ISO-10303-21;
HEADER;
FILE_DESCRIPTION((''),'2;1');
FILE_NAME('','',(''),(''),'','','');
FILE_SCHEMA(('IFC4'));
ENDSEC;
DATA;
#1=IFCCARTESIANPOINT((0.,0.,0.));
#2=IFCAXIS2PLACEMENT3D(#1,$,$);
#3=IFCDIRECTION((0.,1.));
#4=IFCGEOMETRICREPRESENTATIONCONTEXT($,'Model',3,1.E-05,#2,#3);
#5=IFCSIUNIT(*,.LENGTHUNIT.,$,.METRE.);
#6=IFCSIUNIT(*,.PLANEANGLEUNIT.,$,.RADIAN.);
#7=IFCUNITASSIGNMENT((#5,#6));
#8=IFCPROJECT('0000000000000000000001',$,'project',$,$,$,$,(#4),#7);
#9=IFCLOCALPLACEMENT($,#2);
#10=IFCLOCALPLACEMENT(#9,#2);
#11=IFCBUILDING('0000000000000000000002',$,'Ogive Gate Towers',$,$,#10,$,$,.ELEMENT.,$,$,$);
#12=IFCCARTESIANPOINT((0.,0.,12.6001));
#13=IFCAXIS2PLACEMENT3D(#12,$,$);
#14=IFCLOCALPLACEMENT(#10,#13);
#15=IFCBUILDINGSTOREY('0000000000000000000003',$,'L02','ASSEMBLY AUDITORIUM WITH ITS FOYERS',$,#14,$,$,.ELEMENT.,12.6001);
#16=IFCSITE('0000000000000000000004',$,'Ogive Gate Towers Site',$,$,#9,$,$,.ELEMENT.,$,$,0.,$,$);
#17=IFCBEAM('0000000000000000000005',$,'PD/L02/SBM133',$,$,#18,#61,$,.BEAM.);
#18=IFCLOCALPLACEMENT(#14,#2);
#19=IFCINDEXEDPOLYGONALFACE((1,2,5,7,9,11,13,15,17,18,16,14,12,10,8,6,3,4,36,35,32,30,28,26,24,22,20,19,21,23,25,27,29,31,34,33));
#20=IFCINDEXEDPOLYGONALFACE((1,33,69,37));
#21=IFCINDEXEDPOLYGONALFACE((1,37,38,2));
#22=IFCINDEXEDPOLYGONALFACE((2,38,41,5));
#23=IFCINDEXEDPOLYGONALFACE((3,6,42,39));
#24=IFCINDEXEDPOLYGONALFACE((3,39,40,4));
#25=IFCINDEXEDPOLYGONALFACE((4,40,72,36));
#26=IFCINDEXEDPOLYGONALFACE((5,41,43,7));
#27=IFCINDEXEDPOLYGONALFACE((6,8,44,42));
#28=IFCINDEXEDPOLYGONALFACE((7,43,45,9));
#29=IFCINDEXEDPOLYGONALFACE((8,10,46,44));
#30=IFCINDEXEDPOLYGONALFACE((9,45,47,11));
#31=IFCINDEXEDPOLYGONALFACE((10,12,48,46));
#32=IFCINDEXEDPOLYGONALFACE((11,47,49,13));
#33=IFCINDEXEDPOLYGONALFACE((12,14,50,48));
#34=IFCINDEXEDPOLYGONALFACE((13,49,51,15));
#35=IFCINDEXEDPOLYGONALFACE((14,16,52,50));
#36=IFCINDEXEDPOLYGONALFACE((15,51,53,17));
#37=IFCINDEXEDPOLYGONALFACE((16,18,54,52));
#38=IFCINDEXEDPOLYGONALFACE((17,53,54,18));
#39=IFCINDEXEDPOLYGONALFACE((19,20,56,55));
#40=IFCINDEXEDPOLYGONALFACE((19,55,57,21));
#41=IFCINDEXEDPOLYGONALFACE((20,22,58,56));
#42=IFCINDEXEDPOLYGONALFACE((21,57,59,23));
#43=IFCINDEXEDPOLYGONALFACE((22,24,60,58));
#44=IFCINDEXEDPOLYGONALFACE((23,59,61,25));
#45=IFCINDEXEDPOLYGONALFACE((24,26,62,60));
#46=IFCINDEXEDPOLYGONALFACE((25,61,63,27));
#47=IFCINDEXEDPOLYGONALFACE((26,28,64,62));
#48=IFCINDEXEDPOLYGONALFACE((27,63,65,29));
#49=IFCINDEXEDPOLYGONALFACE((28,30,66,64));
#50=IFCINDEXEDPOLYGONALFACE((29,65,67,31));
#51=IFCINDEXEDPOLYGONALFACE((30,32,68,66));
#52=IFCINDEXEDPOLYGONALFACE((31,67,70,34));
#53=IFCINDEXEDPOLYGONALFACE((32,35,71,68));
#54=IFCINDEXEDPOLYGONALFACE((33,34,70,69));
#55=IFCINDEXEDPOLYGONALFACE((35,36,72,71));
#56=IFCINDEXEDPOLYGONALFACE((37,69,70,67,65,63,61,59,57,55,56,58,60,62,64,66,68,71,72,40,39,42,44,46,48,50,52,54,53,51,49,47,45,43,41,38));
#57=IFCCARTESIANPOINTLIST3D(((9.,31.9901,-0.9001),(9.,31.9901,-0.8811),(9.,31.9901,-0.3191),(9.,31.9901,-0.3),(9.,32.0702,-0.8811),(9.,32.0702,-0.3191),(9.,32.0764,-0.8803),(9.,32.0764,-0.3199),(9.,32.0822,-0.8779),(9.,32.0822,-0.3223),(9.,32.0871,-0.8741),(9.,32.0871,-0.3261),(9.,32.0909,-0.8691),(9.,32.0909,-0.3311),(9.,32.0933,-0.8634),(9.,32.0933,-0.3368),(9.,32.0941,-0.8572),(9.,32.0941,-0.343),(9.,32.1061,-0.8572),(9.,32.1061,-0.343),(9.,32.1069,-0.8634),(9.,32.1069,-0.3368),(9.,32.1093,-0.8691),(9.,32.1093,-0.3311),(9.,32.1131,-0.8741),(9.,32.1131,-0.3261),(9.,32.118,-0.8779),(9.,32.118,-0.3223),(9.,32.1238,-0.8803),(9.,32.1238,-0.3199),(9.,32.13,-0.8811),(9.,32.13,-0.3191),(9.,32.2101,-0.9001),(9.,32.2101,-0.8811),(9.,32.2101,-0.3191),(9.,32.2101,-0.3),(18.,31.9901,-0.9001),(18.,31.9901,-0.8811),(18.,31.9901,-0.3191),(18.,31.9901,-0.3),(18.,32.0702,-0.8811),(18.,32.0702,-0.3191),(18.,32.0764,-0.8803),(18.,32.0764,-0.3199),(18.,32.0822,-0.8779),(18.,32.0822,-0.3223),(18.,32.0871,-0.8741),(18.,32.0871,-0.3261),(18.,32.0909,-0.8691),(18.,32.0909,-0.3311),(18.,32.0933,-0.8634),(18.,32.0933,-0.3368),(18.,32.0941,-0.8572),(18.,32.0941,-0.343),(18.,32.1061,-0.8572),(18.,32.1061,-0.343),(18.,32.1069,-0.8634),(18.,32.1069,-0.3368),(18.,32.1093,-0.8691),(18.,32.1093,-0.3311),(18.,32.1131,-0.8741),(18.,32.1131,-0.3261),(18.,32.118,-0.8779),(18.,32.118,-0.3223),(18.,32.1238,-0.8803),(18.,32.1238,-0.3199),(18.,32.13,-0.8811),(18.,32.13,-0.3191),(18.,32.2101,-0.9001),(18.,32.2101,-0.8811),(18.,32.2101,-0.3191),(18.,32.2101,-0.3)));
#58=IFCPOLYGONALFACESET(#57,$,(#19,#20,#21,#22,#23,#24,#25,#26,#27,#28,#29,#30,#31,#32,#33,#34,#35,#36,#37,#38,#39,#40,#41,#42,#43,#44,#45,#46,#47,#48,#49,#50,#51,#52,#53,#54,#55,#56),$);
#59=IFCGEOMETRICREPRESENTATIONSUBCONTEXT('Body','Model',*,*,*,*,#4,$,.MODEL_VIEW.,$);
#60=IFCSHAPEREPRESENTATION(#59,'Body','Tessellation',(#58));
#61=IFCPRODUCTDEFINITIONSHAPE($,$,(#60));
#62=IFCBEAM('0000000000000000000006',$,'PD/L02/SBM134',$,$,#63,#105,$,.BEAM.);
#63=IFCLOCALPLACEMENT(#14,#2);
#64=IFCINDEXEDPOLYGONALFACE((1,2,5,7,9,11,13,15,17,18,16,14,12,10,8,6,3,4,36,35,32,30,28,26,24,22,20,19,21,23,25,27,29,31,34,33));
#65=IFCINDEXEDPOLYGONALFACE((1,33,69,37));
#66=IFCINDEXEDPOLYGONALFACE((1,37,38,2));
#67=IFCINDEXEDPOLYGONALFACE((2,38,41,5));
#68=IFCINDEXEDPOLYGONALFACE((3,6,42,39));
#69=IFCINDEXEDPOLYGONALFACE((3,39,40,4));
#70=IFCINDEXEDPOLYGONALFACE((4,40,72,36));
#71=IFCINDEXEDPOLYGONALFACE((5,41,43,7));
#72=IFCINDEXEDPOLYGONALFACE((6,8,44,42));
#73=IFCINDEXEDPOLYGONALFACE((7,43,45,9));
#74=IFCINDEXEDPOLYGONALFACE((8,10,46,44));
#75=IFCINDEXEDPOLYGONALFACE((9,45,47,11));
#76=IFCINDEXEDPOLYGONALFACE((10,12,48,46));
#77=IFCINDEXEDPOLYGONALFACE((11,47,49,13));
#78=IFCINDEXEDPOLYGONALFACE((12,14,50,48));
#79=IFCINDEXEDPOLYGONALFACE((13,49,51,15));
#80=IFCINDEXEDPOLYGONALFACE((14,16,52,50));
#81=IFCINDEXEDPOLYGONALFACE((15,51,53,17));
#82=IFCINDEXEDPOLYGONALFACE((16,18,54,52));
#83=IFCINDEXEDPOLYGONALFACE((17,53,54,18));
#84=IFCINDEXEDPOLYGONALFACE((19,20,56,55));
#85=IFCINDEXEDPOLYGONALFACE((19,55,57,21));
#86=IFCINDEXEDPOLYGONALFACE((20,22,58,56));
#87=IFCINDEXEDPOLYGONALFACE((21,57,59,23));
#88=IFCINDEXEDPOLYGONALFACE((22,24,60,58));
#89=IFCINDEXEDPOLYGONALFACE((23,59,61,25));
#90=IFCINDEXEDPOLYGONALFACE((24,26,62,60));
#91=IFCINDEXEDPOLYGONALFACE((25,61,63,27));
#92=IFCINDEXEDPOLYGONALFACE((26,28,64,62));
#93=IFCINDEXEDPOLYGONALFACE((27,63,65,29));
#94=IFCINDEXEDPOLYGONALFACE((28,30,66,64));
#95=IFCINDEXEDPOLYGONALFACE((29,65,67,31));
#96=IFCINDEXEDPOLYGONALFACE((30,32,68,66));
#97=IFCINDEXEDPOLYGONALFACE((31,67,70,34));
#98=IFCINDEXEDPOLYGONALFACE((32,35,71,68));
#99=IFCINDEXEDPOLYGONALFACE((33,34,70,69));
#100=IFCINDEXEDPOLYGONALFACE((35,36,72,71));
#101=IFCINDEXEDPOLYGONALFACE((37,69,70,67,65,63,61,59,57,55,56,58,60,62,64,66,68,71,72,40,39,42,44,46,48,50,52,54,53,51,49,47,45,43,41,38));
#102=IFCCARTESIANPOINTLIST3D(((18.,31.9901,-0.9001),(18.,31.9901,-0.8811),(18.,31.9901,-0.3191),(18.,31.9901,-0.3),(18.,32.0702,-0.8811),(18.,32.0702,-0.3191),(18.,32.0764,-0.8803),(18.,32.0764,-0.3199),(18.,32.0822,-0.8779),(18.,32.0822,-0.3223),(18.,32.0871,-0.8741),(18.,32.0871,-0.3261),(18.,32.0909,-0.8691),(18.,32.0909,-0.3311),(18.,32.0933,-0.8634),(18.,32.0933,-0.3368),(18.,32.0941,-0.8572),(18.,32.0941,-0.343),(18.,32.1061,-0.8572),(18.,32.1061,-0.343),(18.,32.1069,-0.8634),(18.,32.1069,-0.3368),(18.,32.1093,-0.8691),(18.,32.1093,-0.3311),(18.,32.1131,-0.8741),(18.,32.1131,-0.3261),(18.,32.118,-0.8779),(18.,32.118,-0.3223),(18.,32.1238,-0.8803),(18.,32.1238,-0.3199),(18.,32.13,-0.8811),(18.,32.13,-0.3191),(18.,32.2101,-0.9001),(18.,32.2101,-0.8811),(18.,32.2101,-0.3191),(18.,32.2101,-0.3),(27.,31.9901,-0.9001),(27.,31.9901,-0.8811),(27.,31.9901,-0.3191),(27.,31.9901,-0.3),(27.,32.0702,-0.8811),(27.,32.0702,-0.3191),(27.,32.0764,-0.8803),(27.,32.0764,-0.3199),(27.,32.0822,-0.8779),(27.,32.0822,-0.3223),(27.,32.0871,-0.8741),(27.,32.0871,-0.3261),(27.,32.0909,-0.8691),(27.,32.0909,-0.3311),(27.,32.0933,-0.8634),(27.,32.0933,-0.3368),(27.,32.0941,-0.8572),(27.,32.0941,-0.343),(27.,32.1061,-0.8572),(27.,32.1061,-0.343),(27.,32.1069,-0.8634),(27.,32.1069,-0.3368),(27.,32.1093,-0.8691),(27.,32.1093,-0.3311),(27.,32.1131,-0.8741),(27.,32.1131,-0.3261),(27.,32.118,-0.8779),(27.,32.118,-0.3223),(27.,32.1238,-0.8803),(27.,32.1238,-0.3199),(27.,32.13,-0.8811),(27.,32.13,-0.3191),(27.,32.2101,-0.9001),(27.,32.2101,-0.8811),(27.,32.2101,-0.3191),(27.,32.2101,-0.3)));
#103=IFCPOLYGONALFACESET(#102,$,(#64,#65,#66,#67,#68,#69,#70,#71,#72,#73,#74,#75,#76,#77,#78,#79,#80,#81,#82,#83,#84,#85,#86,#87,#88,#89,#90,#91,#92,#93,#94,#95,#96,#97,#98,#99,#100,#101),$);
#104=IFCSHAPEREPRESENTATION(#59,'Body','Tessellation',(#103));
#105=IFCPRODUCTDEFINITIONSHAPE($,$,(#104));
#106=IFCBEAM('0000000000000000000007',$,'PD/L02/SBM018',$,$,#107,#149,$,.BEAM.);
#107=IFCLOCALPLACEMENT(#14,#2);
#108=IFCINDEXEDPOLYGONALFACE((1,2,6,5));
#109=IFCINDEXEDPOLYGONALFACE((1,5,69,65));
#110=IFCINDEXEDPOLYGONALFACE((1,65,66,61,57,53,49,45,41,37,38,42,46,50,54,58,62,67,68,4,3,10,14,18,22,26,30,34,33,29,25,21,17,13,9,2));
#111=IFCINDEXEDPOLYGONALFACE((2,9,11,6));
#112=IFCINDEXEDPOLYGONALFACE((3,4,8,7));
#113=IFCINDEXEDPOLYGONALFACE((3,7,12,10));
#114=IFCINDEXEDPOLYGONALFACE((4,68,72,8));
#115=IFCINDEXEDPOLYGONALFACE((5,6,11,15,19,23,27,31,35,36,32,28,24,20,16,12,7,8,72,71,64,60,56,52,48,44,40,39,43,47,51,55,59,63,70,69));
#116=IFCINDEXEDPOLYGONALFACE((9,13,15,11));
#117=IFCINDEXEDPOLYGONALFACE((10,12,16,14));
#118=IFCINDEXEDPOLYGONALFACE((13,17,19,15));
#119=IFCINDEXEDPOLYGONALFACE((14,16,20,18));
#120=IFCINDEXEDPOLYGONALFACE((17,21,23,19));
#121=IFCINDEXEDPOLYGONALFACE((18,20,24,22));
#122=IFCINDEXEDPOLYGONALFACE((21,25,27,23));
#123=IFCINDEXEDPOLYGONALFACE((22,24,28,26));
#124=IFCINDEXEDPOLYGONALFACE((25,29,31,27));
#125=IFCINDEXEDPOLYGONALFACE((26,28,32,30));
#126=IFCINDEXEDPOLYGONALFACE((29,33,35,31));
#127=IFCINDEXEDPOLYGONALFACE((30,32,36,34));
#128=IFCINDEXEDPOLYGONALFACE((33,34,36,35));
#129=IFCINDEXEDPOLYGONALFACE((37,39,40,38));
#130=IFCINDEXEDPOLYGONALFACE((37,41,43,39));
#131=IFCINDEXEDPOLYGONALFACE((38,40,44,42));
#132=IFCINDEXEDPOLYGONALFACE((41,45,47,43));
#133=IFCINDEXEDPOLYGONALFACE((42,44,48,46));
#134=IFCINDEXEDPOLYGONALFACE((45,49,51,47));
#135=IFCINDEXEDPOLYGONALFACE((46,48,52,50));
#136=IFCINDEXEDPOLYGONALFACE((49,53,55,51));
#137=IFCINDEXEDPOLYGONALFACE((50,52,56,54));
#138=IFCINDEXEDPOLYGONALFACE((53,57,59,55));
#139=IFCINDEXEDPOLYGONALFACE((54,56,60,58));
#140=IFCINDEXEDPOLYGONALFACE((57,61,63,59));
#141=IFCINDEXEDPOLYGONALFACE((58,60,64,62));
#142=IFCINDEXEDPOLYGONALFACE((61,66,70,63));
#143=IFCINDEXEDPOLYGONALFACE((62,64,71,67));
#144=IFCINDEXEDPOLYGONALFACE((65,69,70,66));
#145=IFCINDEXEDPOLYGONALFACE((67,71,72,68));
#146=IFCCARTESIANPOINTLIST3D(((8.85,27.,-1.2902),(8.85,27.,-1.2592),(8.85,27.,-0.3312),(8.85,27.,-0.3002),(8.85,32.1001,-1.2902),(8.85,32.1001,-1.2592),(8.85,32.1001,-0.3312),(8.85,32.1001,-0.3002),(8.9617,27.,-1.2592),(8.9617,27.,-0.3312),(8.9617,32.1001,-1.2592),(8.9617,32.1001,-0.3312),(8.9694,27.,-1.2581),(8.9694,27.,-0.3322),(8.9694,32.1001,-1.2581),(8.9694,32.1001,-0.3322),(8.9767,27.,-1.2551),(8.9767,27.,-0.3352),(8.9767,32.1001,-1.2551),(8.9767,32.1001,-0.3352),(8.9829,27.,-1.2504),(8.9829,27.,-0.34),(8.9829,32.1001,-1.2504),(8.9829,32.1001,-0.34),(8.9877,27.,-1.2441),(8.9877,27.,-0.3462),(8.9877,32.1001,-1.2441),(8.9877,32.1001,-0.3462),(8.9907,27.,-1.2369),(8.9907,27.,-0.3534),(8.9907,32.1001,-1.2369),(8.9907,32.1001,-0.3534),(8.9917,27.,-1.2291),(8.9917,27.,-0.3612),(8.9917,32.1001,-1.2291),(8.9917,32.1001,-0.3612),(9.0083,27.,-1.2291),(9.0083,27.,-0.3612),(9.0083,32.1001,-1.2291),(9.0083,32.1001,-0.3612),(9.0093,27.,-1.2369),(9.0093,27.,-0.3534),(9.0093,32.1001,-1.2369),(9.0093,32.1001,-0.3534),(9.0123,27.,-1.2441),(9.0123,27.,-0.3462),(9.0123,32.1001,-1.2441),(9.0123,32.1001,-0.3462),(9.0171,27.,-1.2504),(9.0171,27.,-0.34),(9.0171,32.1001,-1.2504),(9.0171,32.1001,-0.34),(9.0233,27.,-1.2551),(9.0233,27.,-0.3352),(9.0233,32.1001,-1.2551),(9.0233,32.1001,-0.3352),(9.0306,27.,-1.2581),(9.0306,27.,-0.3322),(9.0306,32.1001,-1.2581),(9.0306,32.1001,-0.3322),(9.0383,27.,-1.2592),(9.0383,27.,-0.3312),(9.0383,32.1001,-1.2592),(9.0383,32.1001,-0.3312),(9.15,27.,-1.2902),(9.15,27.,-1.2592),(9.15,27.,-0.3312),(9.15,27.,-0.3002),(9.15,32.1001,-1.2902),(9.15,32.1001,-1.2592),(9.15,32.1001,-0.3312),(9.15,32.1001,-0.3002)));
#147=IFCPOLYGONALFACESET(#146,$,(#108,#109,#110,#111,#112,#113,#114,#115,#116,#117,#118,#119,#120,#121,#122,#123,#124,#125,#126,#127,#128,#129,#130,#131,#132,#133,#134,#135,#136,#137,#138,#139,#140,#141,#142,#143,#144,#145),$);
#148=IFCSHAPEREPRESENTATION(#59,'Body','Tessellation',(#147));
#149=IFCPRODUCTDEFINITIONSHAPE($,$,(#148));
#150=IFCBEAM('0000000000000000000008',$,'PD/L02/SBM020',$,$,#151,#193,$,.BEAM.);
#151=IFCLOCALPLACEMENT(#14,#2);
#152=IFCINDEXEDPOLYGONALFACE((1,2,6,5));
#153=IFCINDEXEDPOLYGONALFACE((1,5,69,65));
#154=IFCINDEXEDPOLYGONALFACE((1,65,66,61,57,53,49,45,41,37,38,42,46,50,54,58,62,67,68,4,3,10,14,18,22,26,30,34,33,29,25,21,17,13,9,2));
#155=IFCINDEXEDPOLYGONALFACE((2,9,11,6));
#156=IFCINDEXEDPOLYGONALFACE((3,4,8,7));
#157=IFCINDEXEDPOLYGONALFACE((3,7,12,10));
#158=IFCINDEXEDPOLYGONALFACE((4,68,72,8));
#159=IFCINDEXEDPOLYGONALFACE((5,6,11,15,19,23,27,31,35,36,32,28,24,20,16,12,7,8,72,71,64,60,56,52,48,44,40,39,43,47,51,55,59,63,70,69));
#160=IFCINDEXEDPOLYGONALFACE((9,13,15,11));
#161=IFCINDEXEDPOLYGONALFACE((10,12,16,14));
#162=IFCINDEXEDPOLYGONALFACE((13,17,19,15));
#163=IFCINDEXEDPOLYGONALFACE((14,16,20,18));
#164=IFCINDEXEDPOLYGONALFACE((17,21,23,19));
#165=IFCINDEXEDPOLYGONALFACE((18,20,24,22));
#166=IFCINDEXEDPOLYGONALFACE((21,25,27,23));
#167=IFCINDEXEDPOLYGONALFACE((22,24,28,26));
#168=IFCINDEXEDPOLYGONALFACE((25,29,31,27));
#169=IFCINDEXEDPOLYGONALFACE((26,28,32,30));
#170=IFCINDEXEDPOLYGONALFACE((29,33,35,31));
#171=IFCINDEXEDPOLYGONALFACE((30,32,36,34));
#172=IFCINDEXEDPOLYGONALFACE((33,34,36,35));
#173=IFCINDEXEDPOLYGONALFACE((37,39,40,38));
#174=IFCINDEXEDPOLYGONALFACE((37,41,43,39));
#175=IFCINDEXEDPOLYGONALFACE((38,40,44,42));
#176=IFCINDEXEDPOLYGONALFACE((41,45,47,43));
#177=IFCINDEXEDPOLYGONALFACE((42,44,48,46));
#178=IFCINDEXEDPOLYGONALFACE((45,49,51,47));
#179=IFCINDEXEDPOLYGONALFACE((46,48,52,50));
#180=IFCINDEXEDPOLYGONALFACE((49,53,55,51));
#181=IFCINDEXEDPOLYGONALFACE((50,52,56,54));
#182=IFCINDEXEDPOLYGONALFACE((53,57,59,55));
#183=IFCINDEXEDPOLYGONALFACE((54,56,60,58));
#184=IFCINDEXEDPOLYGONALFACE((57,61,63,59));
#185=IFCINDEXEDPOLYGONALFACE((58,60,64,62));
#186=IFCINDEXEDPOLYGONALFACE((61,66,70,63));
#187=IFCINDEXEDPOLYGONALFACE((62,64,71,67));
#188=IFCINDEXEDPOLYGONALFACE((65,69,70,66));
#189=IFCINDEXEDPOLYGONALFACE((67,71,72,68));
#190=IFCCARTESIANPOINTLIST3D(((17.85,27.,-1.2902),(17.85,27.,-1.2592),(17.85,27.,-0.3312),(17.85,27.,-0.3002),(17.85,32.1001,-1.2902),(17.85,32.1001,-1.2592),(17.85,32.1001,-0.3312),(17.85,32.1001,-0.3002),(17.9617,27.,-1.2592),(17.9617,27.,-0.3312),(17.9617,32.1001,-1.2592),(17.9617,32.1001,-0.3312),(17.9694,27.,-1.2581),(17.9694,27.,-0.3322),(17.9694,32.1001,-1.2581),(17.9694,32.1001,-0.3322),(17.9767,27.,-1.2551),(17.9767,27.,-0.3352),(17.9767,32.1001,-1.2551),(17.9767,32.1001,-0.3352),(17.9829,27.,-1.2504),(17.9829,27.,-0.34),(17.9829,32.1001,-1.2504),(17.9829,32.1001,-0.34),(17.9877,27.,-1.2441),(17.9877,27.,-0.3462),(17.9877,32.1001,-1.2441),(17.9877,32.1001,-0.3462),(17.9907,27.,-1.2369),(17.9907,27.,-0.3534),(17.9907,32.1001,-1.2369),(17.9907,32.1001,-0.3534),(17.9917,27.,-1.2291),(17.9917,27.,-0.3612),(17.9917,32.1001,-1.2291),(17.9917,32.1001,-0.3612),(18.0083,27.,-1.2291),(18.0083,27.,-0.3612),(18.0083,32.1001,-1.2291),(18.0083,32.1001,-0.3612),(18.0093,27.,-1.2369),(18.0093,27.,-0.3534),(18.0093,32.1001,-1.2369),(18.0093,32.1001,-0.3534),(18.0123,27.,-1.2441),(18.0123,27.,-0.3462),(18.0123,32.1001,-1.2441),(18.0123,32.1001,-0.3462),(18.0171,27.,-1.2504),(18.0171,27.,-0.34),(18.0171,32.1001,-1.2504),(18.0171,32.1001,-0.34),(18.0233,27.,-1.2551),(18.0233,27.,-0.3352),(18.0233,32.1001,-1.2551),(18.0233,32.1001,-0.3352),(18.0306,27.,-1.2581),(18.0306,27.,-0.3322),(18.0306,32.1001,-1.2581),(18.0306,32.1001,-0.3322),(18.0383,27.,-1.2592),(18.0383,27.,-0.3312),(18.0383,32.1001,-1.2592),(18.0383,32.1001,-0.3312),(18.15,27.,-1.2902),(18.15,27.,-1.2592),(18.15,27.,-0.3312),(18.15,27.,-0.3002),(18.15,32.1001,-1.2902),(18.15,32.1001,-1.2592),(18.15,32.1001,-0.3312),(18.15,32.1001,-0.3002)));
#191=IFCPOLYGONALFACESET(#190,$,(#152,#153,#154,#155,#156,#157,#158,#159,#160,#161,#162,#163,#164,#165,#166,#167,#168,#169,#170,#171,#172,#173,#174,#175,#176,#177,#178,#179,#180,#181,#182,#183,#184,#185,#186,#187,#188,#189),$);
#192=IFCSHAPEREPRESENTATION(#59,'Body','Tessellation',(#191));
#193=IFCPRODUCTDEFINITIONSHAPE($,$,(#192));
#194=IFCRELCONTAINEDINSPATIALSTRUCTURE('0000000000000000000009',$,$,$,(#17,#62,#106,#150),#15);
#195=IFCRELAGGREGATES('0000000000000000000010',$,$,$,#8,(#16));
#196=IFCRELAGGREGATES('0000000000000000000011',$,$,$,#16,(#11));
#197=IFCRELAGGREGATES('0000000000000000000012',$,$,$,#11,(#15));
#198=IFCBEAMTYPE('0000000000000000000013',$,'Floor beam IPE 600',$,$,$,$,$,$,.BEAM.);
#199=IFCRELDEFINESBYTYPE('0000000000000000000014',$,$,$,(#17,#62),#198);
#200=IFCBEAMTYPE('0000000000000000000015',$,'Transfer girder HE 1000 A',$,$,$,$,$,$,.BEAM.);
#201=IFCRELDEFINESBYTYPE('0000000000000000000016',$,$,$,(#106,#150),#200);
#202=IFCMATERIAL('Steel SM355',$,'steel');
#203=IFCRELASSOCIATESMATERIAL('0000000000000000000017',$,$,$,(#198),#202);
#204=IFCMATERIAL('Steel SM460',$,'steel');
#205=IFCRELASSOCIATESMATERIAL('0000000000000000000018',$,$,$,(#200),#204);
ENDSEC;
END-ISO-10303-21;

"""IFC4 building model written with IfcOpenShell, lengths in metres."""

from ifc_helpers import new_model, si_unit, direction, frame, origin, origin_2d, place, context, subcontext, project, spatial, i_section, extrude, material, material_profile, profile_set, type_object, element, save


model = new_model("IFC4")

# Units and contexts
model_context = context("Model", 3, precision=1e-05, world=origin(), true_north=direction((0.0, 1.0)))
body_context = subcontext(model_context, "Body", "Model", "MODEL_VIEW")
ifc_project = project(units=[si_unit("LENGTHUNIT", "METRE"), si_unit("PLANEANGLEUNIT", "RADIAN")], contexts=[model_context])

# Site, building, storey
site_placement = place(None, origin())
site = spatial("IfcSite", under=ifc_project, at=site_placement, Name="Ogive Gate Towers Site", CompositionType="ELEMENT", RefElevation=0.0)
building_placement = place(site_placement, origin())
building = spatial("IfcBuilding", under=site, at=building_placement, Name="Ogive Gate Towers", CompositionType="ELEMENT")
storey_placement = place(building_placement, frame((0.0, 0.0, 12.6001)))
storey = spatial("IfcBuildingStorey", under=building, at=storey_placement, Name="L02", Description="ASSEMBLY AUDITORIUM WITH ITS FOYERS", CompositionType="ELEMENT", Elevation=12.6001)

# Beams
ifc_material_1 = material(Name="Steel SM355", Category="steel")
ifc_material_profile_1 = material_profile(ifc_material_1, i_section(OverallWidth=0.22, OverallDepth=0.6001, WebThickness=0.012, FlangeThickness=0.019, FilletRadius=0.0239, at=origin_2d()), Name="IPE 600")
ifc_profile_set_1 = profile_set([ifc_material_profile_1], Name="Steel SM355")
beam_type_1 = type_object("IfcBeamType", Name="Floor beam IPE 600", PredefinedType="BEAM", material=ifc_profile_set_1)
for number, where, z_axis, x_axis, name in (
    (1, (9.0, 32.1001, -0.6001), (1.0, 0.0, 0.0), (0.0, 1.0, 0.0), "PD/L02/SBM133"),
    (2, (18.0, 32.1001, -0.6001), (1.0, 0.0, 0.0), (0.0, 1.0, 0.0), "PD/L02/SBM134"),
):
    element("IfcBeam", number, at=place(storey_placement, frame(where, z_axis=z_axis, x_axis=x_axis)), inside=storey, type_object=beam_type_1, Name=name, PredefinedType="BEAM", context=body_context, shape_type="SweptSolid", body=[
        extrude(i_section(OverallWidth=0.22, OverallDepth=0.6001, WebThickness=0.012, FlangeThickness=0.019, FilletRadius=0.0239, at=origin_2d()), origin(), (0.0, 0.0, 1.0), 9.0),
    ])
ifc_material_2 = material(Name="Steel SM460", Category="steel")
ifc_material_profile_2 = material_profile(ifc_material_2, i_section(OverallWidth=0.3, OverallDepth=0.99, WebThickness=0.0166, FlangeThickness=0.031, FilletRadius=0.03, at=origin_2d()), Name="HE 1000 A")
ifc_profile_set_2 = profile_set([ifc_material_profile_2], Name="Steel SM460")
beam_type_2 = type_object("IfcBeamType", Name="Transfer girder HE 1000 A", PredefinedType="BEAM", material=ifc_profile_set_2)
for number, where, z_axis, x_axis, name in (
    (3, (9.0, 27.0, -0.7952), (0.0, 1.0, 0.0), (-1.0, 0.0, 0.0), "PD/L02/SBM018"),
    (4, (18.0, 27.0, -0.7952), (0.0, 1.0, 0.0), (-1.0, 0.0, 0.0), "PD/L02/SBM020"),
):
    element("IfcBeam", number, at=place(storey_placement, frame(where, z_axis=z_axis, x_axis=x_axis)), inside=storey, type_object=beam_type_2, Name=name, PredefinedType="BEAM", context=body_context, shape_type="SweptSolid", body=[
        extrude(i_section(OverallWidth=0.3, OverallDepth=0.99, WebThickness=0.0166, FlangeThickness=0.031, FilletRadius=0.03, at=origin_2d()), origin(), (0.0, 0.0, 1.0), 5.1001),
    ])

save(model, "model.ifc")
